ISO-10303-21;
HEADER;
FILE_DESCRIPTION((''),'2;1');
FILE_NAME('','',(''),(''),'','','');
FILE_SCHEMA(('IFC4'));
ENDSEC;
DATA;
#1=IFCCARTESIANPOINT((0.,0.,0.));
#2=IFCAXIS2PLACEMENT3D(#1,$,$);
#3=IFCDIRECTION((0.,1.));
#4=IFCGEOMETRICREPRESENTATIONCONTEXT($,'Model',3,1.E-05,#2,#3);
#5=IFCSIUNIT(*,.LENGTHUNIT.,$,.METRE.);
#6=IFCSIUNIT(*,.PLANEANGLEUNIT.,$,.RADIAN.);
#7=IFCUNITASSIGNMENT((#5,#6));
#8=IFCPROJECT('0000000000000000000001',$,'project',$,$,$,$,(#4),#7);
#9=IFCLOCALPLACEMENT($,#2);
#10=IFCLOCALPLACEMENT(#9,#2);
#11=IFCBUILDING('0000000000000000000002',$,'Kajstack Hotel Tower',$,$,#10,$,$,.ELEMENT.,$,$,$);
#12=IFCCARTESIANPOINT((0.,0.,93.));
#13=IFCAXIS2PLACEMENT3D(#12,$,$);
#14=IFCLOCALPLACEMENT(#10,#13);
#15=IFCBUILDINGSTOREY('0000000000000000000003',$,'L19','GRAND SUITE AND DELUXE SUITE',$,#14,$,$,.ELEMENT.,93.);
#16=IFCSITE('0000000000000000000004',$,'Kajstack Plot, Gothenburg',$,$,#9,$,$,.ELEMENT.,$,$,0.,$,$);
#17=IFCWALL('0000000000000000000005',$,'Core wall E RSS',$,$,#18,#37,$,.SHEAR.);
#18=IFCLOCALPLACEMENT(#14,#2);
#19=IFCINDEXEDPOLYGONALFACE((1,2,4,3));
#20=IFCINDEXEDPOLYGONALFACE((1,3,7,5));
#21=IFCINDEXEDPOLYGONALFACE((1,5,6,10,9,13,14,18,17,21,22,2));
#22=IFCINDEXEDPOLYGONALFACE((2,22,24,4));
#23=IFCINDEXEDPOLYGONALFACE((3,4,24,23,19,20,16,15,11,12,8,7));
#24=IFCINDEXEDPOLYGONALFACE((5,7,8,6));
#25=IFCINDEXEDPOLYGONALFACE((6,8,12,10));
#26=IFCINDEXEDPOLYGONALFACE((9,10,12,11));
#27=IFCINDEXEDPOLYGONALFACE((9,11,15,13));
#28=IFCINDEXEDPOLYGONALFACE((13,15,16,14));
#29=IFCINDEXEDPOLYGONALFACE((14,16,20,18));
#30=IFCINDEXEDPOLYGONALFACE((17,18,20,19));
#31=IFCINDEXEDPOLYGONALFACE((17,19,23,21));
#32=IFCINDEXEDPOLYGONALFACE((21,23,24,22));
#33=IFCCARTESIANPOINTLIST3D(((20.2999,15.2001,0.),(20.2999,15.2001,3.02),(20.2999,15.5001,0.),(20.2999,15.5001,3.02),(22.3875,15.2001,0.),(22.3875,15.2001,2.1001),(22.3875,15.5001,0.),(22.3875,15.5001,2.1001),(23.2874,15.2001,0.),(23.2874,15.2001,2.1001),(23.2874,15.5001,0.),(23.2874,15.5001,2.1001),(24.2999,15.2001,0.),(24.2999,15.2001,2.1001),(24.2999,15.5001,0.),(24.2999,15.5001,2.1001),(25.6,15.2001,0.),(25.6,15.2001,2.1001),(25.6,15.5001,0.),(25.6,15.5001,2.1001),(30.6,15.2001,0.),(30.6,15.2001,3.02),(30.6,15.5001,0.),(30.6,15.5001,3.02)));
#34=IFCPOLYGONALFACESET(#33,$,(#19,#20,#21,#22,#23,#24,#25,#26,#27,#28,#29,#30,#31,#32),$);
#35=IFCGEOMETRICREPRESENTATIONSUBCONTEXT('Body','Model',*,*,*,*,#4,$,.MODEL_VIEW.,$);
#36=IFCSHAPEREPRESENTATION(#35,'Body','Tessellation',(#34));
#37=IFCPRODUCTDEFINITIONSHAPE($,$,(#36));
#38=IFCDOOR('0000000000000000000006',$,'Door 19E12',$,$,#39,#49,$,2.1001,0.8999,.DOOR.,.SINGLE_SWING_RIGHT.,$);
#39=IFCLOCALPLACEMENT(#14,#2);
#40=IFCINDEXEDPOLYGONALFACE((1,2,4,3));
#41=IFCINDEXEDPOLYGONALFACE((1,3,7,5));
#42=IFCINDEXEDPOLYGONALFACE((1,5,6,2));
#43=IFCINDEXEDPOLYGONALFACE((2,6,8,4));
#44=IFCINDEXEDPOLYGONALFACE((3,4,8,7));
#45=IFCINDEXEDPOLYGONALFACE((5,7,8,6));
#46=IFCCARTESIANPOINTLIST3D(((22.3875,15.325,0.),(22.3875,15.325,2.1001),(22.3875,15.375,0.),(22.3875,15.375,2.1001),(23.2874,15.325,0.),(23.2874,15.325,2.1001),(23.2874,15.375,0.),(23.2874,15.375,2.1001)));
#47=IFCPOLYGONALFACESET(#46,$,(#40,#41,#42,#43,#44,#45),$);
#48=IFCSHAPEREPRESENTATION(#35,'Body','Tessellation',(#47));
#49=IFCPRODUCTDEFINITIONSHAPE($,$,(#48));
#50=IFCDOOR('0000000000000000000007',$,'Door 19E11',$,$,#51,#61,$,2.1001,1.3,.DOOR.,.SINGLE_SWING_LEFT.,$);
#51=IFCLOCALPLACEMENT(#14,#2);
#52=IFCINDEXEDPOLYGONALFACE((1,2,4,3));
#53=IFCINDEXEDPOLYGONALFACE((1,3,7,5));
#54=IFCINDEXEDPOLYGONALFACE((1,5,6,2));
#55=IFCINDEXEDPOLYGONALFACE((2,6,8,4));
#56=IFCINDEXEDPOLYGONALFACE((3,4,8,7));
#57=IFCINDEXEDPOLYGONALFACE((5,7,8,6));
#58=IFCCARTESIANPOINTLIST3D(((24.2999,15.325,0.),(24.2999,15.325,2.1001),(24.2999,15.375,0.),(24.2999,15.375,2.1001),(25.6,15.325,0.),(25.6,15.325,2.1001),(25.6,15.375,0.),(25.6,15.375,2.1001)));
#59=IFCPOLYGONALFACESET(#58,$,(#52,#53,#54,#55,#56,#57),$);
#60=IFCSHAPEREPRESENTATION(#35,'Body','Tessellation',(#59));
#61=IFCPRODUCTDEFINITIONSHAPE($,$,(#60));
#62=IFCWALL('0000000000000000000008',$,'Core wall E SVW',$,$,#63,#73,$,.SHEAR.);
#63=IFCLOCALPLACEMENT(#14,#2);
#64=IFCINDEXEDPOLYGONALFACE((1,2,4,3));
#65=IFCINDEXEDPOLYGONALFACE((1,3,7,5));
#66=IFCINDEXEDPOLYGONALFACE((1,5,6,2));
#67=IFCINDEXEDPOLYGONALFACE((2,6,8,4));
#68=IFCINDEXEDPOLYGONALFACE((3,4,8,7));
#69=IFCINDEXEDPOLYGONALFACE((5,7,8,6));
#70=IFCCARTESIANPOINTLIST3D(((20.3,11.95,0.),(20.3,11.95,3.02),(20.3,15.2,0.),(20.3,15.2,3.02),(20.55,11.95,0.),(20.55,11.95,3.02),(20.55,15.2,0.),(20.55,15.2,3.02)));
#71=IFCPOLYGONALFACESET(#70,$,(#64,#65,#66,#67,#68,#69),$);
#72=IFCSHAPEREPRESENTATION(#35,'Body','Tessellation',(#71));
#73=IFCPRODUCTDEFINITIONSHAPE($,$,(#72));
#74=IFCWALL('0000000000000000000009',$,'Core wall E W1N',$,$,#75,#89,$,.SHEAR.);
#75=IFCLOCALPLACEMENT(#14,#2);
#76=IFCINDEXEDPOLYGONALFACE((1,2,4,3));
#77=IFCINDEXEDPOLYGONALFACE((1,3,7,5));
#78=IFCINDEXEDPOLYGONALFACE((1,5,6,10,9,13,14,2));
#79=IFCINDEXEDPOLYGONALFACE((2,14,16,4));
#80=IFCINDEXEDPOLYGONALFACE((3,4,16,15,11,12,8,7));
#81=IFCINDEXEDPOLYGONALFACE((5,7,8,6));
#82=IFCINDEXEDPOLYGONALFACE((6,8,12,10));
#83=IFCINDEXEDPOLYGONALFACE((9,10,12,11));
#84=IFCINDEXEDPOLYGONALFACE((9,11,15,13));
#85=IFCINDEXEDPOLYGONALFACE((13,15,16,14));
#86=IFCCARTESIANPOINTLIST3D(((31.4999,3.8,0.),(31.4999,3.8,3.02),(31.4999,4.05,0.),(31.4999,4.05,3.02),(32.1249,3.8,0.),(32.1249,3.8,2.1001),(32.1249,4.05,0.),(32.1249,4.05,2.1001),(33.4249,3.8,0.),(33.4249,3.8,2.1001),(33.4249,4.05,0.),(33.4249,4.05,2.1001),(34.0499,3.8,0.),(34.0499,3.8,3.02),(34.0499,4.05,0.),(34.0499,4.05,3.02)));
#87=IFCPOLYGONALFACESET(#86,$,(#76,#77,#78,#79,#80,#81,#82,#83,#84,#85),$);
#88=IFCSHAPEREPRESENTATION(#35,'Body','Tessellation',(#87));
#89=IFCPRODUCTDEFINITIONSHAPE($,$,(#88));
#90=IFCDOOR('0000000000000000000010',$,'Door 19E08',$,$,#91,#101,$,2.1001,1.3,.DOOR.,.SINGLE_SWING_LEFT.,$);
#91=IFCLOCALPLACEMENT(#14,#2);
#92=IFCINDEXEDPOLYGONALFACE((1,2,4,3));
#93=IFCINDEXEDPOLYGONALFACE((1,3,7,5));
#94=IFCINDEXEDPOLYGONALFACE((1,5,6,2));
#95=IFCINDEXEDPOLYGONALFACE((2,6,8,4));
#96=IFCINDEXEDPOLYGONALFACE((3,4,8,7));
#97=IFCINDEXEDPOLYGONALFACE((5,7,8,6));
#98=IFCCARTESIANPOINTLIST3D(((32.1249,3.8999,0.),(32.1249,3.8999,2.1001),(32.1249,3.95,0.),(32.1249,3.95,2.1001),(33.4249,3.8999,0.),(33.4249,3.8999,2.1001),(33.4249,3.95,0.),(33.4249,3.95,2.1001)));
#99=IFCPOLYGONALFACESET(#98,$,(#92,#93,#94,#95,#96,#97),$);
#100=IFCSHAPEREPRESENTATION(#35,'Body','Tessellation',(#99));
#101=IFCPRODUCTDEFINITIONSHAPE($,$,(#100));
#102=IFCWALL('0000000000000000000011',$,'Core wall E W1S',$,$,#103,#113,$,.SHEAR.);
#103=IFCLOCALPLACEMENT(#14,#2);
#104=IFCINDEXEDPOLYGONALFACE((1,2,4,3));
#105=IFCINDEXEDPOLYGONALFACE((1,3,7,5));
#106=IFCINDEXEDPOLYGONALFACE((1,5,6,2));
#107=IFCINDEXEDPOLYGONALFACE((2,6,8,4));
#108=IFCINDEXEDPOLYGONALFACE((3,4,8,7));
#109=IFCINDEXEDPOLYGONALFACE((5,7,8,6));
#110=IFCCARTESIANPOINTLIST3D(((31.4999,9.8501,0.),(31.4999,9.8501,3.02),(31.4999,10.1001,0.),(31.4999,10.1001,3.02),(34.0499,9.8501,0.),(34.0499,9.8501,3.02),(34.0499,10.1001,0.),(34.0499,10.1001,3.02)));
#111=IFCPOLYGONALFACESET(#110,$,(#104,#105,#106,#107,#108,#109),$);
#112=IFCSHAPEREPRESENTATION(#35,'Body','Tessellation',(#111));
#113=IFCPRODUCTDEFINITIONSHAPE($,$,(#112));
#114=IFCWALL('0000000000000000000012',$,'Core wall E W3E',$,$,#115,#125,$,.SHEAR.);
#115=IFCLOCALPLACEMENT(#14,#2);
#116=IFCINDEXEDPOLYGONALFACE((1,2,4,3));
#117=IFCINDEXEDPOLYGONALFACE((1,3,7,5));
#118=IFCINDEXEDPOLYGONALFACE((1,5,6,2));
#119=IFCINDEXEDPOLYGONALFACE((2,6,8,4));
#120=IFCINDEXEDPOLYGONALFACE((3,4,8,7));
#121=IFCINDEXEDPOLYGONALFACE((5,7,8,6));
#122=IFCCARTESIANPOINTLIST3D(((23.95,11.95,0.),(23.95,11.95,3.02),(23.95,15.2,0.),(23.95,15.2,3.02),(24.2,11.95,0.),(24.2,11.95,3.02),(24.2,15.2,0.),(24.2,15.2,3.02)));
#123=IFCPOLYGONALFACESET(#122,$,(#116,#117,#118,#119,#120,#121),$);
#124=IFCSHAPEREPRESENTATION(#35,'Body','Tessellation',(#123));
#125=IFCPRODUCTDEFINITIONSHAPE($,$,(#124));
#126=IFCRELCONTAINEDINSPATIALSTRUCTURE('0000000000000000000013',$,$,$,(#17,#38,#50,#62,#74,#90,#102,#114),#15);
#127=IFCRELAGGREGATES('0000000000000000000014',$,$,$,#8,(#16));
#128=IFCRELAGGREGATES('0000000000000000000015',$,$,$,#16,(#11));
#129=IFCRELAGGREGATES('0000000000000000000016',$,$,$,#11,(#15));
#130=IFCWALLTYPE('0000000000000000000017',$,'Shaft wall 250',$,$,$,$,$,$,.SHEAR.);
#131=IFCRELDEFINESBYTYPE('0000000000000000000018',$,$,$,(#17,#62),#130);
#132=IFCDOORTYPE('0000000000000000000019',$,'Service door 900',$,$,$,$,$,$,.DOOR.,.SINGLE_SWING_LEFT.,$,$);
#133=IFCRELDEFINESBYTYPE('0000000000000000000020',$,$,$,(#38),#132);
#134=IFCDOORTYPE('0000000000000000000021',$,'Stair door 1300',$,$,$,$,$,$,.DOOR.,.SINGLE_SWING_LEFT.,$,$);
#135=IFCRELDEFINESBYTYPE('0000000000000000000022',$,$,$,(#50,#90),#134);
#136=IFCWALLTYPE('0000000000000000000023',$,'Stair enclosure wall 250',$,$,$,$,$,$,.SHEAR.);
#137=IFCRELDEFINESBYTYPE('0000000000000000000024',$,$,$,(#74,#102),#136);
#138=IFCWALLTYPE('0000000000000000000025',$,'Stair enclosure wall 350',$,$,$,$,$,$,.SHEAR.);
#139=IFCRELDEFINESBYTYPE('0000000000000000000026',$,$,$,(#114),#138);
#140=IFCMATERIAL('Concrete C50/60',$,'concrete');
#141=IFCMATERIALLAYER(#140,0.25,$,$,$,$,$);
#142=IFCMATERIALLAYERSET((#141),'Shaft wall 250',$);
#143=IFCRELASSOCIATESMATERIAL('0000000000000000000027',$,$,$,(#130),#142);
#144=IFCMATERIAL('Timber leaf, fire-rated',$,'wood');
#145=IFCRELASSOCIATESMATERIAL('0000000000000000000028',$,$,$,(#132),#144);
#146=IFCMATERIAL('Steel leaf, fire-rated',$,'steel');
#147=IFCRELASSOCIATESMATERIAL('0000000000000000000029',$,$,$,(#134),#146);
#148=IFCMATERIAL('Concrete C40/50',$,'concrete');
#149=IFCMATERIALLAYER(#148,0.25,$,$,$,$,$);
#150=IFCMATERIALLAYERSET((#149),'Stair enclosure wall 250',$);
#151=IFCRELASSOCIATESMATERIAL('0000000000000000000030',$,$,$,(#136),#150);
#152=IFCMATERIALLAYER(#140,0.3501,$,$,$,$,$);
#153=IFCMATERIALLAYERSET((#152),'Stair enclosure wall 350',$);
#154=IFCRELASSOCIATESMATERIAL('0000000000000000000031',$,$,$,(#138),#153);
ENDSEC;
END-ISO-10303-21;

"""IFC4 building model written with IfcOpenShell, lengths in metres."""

from ifc_helpers import new_model, si_unit, direction, frame, frame_2d, origin, place, context, subcontext, project, spatial, rectangle, extrude, material, layer, layer_set, type_object, element, fill, save


model = new_model("IFC4")

# Units and contexts
model_context = context("Model", 3, precision=1e-05, world=origin(), true_north=direction((0.0, 1.0)))
body_context = subcontext(model_context, "Body", "Model", "MODEL_VIEW")
ifc_project = project(units=[si_unit("LENGTHUNIT", "METRE"), si_unit("PLANEANGLEUNIT", "RADIAN")], contexts=[model_context])

# Site, building, storey
site_placement = place(None, origin())
site = spatial("IfcSite", under=ifc_project, at=site_placement, Name="Kajstack Plot, Gothenburg", CompositionType="ELEMENT", RefElevation=0.0)
building_placement = place(site_placement, origin())
building = spatial("IfcBuilding", under=site, at=building_placement, Name="Kajstack Hotel Tower", CompositionType="ELEMENT")
storey_placement = place(building_placement, frame((0.0, 0.0, 93.0)))
storey = spatial("IfcBuildingStorey", under=building, at=storey_placement, Name="L19", Description="GRAND SUITE AND DELUXE SUITE", CompositionType="ELEMENT", Elevation=93.0)

# Shared definitions
ifc_material_1 = material(Name="Concrete C40/50", Category="concrete")
ifc_material_2 = material(Name="Concrete C50/60", Category="concrete")

# Wall, openings, doors
ifc_layer_1 = layer(ifc_material_2, 0.25)
ifc_layer_set_1 = layer_set([ifc_layer_1], Name="Shaft wall 250")
wall_type_1 = type_object("IfcWallType", Name="Shaft wall 250", PredefinedType="SHEAR", material=ifc_layer_set_1)
wall_1_placement = place(storey_placement, frame((20.3, 15.3501, 0.0), z_axis=(0.0, 0.0, 1.0), x_axis=(1.0, 0.0, 0.0)))
wall_1 = element("IfcWall", 1, at=wall_1_placement, inside=storey, type_object=wall_type_1, Name="Core wall E RSS", PredefinedType="SHEAR", context=body_context, shape_type="SweptSolid", body=[
    extrude(rectangle(XDim=10.3, YDim=0.3, at=frame_2d((5.1499, 0.0))), origin(), (0.0, 0.0, 1.0), 3.02),
])
opening_1_placement = place(wall_1_placement, frame((4.0, 0.0, 0.0)))
opening_1 = element("IfcOpeningElement", 2, at=opening_1_placement, cuts=wall_1, PredefinedType="OPENING", context=body_context, shape_type="SweptSolid", body=[
    extrude(rectangle(XDim=1.3, YDim=2.1001, at=frame_2d((0.6499, 1.05))), frame((0.0, 0.1599, 0.0), z_axis=(0.0, -1.0, 0.0), x_axis=(1.0, 0.0, 0.0)), (0.0, 0.0, 1.0), 0.3201),
])
opening_2_placement = place(wall_1_placement, frame((2.0874, 0.0, 0.0)))
opening_2 = element("IfcOpeningElement", 3, at=opening_2_placement, cuts=wall_1, PredefinedType="OPENING", context=body_context, shape_type="SweptSolid", body=[
    extrude(rectangle(XDim=0.8999, YDim=2.1001, at=frame_2d((0.45, 1.05))), frame((0.0, 0.1599, 0.0), z_axis=(0.0, -1.0, 0.0), x_axis=(1.0, 0.0, 0.0)), (0.0, 0.0, 1.0), 0.3201),
])
ifc_material_3 = material(Name="Timber leaf, fire-rated", Category="wood")
door_type_1 = type_object("IfcDoorType", Name="Service door 900", OperationType="SINGLE_SWING_LEFT", PredefinedType="DOOR", material=ifc_material_3)
door_1_placement = place(opening_2_placement, origin())
door_1 = element("IfcDoor", 4, at=door_1_placement, inside=storey, type_object=door_type_1, Name="Door 19E12", OperationType="SINGLE_SWING_RIGHT", OverallHeight=2.1001, OverallWidth=0.8999, PredefinedType="DOOR", context=body_context, shape_type="SweptSolid", body=[
    extrude(rectangle(XDim=0.8999, YDim=2.1001, at=frame_2d((0.45, 1.05))), frame((0.0, 0.0249, 0.0), z_axis=(0.0, -1.0, 0.0), x_axis=(1.0, 0.0, 0.0)), (0.0, 0.0, 1.0), 0.05),
])
fill(opening_2, door_1)
ifc_material_4 = material(Name="Steel leaf, fire-rated", Category="steel")
door_type_2 = type_object("IfcDoorType", Name="Stair door 1300", OperationType="SINGLE_SWING_LEFT", PredefinedType="DOOR", material=ifc_material_4)
door_2_placement = place(opening_1_placement, origin())
door_2 = element("IfcDoor", 5, at=door_2_placement, inside=storey, type_object=door_type_2, Name="Door 19E11", OperationType="SINGLE_SWING_LEFT", OverallHeight=2.1001, OverallWidth=1.3, PredefinedType="DOOR", context=body_context, shape_type="SweptSolid", body=[
    extrude(rectangle(XDim=1.3, YDim=2.1001, at=frame_2d((0.6499, 1.05))), frame((0.0, 0.0249, 0.0), z_axis=(0.0, -1.0, 0.0), x_axis=(1.0, 0.0, 0.0)), (0.0, 0.0, 1.0), 0.05),
])
fill(opening_1, door_2)

# Wall
wall_2_placement = place(storey_placement, frame((20.425, 11.95, 0.0), z_axis=(0.0, 0.0, 1.0), x_axis=(0.0, 1.0, 0.0)))
element("IfcWall", 6, at=wall_2_placement, inside=storey, type_object=wall_type_1, Name="Core wall E SVW", PredefinedType="SHEAR", context=body_context, shape_type="SweptSolid", body=[
    extrude(rectangle(XDim=3.25, YDim=0.25, at=frame_2d((1.625, 0.0))), origin(), (0.0, 0.0, 1.0), 3.02),
])

# Wall, opening, door
ifc_layer_2 = layer(ifc_material_1, 0.25)
ifc_layer_set_2 = layer_set([ifc_layer_2], Name="Stair enclosure wall 250")
wall_type_2 = type_object("IfcWallType", Name="Stair enclosure wall 250", PredefinedType="SHEAR", material=ifc_layer_set_2)
wall_3_placement = place(storey_placement, frame((31.5, 3.925, 0.0), z_axis=(0.0, 0.0, 1.0), x_axis=(1.0, 0.0, 0.0)))
wall_3 = element("IfcWall", 7, at=wall_3_placement, inside=storey, type_object=wall_type_2, Name="Core wall E W1N", PredefinedType="SHEAR", context=body_context, shape_type="SweptSolid", body=[
    extrude(rectangle(XDim=2.55, YDim=0.25, at=frame_2d((1.2749, 0.0))), origin(), (0.0, 0.0, 1.0), 3.02),
])
opening_3_placement = place(wall_3_placement, frame((0.625, 0.0, 0.0)))
opening_3 = element("IfcOpeningElement", 8, at=opening_3_placement, cuts=wall_3, PredefinedType="OPENING", context=body_context, shape_type="SweptSolid", body=[
    extrude(rectangle(XDim=1.3, YDim=2.1001, at=frame_2d((0.6499, 1.05))), frame((0.0, 0.135, 0.0), z_axis=(0.0, -1.0, 0.0), x_axis=(1.0, 0.0, 0.0)), (0.0, 0.0, 1.0), 0.27),
])
door_3_placement = place(opening_3_placement, origin())
door_3 = element("IfcDoor", 9, at=door_3_placement, inside=storey, type_object=door_type_2, Name="Door 19E08", OperationType="SINGLE_SWING_LEFT", OverallHeight=2.1001, OverallWidth=1.3, PredefinedType="DOOR", context=body_context, shape_type="SweptSolid", body=[
    extrude(rectangle(XDim=1.3, YDim=2.1001, at=frame_2d((0.6499, 1.05))), frame((0.0, 0.0249, 0.0), z_axis=(0.0, -1.0, 0.0), x_axis=(1.0, 0.0, 0.0)), (0.0, 0.0, 1.0), 0.05),
])
fill(opening_3, door_3)

# Walls
wall_4_placement = place(storey_placement, frame((31.5, 9.9751, 0.0), z_axis=(0.0, 0.0, 1.0), x_axis=(1.0, 0.0, 0.0)))
element("IfcWall", 10, at=wall_4_placement, inside=storey, type_object=wall_type_2, Name="Core wall E W1S", PredefinedType="SHEAR", context=body_context, shape_type="SweptSolid", body=[
    extrude(rectangle(XDim=2.55, YDim=0.25, at=frame_2d((1.2749, 0.0))), origin(), (0.0, 0.0, 1.0), 3.02),
])
ifc_layer_3 = layer(ifc_material_2, 0.3501)
ifc_layer_set_3 = layer_set([ifc_layer_3], Name="Stair enclosure wall 350")
wall_type_3 = type_object("IfcWallType", Name="Stair enclosure wall 350", PredefinedType="SHEAR", material=ifc_layer_set_3)
wall_5_placement = place(storey_placement, frame((24.075, 11.95, 0.0), z_axis=(0.0, 0.0, 1.0), x_axis=(0.0, 1.0, 0.0)))
element("IfcWall", 11, at=wall_5_placement, inside=storey, type_object=wall_type_3, Name="Core wall E W3E", PredefinedType="SHEAR", context=body_context, shape_type="SweptSolid", body=[
    extrude(rectangle(XDim=3.25, YDim=0.25, at=frame_2d((1.625, 0.0))), origin(), (0.0, 0.0, 1.0), 3.02),
])

save(model, "model.ifc")
